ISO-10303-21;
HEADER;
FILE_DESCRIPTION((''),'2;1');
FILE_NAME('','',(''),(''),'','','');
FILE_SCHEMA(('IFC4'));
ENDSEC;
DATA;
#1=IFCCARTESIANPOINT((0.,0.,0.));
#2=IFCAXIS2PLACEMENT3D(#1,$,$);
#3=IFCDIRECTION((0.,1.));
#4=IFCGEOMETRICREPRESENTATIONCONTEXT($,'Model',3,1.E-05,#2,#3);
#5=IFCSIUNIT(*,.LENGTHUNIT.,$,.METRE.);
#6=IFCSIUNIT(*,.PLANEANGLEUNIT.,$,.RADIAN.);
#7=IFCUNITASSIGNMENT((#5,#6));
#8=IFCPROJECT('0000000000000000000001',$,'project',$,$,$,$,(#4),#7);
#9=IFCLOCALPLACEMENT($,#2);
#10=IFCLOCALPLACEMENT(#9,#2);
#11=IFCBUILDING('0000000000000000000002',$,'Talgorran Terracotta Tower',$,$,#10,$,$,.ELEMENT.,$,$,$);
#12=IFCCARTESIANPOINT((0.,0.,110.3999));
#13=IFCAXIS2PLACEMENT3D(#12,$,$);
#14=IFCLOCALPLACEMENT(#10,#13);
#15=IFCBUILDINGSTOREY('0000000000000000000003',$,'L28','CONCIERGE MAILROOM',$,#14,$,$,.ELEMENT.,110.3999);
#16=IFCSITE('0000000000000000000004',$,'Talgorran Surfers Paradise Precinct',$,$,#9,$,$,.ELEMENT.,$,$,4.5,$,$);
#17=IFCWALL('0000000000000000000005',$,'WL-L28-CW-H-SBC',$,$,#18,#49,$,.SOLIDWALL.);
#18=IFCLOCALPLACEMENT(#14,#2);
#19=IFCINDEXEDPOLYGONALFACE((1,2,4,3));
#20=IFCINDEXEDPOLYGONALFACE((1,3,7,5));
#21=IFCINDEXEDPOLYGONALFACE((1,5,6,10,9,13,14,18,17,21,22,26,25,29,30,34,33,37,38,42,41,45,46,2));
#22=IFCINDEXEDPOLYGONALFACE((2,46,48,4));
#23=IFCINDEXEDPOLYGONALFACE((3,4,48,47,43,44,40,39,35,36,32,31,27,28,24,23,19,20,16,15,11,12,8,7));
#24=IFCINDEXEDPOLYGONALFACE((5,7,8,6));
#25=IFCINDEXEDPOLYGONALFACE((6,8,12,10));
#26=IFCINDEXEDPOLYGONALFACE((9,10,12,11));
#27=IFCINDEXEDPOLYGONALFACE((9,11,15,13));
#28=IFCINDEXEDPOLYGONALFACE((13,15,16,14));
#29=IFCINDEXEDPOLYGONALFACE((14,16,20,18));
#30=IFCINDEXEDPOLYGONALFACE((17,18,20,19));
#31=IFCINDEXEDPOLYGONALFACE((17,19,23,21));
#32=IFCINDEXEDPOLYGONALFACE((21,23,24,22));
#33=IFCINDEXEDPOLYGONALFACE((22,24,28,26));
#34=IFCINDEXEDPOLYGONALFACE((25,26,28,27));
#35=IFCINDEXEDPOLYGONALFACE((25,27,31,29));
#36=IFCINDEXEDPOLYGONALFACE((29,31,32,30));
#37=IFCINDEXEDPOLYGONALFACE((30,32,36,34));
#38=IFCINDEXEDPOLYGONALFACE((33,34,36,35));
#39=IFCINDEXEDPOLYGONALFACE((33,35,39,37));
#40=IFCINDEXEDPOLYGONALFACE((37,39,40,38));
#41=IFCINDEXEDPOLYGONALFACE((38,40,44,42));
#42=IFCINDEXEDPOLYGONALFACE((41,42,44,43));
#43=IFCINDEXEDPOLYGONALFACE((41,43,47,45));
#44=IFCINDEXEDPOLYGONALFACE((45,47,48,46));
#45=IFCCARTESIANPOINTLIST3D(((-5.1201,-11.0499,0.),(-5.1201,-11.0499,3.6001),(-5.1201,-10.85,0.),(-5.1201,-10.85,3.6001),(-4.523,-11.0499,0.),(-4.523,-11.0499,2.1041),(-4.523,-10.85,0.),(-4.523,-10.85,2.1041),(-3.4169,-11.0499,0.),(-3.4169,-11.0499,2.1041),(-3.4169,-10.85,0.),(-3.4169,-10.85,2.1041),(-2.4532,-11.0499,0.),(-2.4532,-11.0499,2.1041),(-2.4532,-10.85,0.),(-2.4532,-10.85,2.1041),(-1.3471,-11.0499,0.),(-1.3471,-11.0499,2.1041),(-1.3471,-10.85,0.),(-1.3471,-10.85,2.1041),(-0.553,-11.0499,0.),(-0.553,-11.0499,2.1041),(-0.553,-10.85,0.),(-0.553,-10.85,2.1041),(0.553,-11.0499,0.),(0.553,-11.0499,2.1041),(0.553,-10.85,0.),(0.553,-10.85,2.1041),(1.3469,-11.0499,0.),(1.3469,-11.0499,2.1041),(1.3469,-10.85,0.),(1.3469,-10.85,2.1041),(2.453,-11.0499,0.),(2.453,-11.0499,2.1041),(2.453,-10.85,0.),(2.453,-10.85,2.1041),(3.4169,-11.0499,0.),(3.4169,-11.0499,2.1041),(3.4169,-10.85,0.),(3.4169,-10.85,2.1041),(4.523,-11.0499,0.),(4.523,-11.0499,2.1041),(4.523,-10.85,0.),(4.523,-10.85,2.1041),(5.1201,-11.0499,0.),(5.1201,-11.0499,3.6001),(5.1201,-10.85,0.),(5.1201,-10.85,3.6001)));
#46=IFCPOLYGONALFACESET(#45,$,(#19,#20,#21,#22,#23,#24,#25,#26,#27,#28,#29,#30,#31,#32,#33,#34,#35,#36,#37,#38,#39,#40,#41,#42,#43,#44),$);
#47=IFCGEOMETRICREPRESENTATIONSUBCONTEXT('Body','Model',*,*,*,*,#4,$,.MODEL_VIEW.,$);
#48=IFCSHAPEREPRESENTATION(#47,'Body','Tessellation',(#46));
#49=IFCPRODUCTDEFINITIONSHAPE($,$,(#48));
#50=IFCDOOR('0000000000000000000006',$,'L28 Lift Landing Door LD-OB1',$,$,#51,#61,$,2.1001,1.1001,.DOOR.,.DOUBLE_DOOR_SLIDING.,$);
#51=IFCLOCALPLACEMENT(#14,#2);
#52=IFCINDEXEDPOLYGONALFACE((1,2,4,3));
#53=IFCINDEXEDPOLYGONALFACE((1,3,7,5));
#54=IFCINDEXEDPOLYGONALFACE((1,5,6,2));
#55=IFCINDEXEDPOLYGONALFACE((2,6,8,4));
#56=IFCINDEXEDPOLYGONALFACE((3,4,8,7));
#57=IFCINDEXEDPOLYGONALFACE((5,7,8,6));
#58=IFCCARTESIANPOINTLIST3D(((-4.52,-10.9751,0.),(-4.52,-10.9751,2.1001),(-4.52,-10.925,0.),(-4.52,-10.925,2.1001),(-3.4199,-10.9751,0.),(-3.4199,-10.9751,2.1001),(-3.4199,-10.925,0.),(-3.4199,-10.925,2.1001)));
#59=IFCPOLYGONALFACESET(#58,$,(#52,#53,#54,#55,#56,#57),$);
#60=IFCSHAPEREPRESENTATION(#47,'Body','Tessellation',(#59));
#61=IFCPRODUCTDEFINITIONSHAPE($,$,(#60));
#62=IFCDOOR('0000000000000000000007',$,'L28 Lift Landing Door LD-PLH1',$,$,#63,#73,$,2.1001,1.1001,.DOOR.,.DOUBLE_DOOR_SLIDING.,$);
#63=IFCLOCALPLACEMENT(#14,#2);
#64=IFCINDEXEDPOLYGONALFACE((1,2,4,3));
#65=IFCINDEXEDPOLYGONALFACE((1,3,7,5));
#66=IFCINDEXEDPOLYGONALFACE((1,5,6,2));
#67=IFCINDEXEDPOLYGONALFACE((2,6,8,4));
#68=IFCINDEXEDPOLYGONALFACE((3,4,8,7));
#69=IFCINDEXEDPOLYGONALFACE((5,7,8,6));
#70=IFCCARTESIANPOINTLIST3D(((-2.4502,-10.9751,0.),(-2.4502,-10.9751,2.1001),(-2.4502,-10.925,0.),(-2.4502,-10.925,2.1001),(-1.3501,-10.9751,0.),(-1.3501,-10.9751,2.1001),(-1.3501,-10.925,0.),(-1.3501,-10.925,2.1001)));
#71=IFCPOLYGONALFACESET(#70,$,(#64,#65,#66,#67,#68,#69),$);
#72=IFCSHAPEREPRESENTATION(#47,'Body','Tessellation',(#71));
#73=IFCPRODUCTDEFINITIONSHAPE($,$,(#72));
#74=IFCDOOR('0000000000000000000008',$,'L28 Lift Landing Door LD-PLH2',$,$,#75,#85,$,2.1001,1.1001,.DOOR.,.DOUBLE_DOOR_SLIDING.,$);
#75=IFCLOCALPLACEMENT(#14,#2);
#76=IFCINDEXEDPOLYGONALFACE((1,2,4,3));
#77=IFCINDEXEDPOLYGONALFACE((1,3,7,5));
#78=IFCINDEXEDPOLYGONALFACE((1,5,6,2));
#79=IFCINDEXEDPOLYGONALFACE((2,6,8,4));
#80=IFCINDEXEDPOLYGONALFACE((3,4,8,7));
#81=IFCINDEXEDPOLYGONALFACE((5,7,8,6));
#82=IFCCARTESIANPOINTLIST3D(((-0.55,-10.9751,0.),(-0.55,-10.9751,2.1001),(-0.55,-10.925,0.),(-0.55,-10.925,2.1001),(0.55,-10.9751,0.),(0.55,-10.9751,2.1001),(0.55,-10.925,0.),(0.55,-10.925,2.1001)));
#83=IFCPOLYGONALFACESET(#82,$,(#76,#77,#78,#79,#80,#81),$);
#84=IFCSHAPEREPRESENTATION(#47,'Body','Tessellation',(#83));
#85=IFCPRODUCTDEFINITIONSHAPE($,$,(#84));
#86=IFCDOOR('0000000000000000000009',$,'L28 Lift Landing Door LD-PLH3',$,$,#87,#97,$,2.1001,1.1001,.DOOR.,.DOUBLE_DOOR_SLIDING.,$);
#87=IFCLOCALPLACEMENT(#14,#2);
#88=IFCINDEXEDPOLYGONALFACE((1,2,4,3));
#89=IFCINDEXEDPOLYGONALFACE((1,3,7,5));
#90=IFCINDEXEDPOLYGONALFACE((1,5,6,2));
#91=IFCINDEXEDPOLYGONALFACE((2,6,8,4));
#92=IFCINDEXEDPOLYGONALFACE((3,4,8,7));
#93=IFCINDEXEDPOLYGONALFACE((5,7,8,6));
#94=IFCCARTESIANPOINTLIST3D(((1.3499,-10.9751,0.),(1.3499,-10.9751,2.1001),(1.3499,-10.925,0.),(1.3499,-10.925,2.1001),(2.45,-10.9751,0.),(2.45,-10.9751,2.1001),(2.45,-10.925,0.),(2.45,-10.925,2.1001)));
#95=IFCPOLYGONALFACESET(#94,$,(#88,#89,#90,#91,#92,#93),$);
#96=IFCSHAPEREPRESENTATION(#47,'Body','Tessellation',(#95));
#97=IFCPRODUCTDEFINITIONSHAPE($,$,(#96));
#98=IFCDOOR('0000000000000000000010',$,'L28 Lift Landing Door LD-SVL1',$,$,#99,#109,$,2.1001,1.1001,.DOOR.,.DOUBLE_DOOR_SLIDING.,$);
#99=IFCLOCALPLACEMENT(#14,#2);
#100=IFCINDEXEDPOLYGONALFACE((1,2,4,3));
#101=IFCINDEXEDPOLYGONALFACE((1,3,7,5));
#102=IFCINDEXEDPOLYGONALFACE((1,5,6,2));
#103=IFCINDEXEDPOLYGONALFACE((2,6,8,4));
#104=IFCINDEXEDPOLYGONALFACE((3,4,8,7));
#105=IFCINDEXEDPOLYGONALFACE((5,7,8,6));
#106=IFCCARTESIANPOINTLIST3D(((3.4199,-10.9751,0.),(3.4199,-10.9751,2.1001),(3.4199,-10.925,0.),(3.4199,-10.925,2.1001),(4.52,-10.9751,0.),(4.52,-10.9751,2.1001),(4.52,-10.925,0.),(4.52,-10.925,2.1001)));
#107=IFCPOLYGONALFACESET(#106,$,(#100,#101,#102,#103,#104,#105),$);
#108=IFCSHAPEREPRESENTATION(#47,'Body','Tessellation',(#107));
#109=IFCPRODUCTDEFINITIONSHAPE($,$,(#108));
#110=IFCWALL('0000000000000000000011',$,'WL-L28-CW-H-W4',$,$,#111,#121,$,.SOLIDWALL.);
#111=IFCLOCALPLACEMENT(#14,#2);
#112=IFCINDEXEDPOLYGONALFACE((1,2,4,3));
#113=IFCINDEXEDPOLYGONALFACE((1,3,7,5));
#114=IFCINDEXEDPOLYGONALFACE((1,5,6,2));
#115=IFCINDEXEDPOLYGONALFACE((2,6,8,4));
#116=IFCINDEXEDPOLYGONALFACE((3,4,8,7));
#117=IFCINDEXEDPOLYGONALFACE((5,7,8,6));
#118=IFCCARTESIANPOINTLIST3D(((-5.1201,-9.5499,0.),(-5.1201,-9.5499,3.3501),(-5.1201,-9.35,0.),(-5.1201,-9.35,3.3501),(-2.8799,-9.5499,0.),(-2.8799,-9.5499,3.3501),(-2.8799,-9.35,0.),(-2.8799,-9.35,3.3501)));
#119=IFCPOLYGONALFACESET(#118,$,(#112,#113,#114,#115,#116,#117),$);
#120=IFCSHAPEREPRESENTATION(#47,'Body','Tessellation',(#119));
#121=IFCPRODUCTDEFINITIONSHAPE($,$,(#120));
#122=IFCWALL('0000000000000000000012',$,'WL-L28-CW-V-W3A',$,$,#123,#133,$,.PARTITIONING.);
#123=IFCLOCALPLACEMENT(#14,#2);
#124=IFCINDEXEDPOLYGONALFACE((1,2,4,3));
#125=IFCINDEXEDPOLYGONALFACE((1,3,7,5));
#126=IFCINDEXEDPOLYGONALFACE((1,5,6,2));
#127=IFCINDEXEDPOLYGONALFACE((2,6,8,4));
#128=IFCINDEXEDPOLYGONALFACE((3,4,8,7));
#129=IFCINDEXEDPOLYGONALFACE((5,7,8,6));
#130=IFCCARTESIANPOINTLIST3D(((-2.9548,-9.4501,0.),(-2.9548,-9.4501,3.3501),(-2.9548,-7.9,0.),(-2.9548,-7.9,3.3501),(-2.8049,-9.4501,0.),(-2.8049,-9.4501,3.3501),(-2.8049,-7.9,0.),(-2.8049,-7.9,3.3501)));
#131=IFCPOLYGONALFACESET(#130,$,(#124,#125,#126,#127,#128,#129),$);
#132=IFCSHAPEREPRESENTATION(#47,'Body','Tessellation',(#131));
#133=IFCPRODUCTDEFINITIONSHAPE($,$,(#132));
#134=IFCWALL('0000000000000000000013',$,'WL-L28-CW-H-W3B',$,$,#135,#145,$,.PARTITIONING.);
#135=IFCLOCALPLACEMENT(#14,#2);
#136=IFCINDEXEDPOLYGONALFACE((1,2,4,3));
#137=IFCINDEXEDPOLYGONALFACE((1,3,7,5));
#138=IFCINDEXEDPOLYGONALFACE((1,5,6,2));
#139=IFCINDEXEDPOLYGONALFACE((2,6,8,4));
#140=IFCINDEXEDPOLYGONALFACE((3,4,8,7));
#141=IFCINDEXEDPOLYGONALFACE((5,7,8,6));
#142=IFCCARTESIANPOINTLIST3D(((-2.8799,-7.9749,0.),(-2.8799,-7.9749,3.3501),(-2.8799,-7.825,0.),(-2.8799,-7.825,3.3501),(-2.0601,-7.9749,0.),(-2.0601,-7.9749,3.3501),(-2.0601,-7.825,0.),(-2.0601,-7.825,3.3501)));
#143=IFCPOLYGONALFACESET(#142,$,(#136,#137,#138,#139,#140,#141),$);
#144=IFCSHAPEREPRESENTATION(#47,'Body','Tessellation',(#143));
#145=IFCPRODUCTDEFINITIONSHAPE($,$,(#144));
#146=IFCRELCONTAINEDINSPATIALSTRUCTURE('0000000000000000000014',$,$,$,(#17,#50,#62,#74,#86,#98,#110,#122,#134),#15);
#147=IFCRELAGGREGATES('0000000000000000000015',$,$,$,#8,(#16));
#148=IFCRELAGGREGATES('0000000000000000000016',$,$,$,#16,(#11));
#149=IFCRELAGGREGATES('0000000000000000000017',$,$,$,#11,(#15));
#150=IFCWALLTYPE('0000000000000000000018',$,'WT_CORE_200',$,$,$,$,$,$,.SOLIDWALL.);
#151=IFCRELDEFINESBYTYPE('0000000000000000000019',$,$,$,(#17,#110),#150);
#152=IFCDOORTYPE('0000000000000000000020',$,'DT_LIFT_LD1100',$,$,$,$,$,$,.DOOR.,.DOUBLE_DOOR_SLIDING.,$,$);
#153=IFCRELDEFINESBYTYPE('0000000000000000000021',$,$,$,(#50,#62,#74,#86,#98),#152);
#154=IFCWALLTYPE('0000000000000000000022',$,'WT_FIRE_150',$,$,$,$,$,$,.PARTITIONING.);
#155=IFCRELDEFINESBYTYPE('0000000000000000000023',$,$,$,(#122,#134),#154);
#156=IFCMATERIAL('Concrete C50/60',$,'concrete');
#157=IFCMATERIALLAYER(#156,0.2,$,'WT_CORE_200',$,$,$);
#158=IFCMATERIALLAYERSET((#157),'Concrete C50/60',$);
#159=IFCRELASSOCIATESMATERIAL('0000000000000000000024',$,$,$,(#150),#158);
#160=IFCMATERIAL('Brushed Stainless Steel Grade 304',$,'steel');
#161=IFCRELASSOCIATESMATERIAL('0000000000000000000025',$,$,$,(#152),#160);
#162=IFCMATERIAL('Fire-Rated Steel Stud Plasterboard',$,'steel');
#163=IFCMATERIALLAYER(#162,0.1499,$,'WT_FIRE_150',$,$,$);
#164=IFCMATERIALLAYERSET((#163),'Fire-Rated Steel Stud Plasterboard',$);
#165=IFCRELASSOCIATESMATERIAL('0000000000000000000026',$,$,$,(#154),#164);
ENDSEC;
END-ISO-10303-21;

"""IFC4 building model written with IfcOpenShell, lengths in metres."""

from ifc_helpers import new_model, si_unit, direction, frame, frame_2d, origin, place, context, subcontext, project, spatial, rectangle, extrude, material, layer, layer_set, type_object, element, fill, save


model = new_model("IFC4")

# Units and contexts
model_context = context("Model", 3, precision=1e-05, world=origin(), true_north=direction((0.0, 1.0)))
body_context = subcontext(model_context, "Body", "Model", "MODEL_VIEW")
ifc_project = project(units=[si_unit("LENGTHUNIT", "METRE"), si_unit("PLANEANGLEUNIT", "RADIAN")], contexts=[model_context])

# Site, building, storey
site_placement = place(None, origin())
site = spatial("IfcSite", under=ifc_project, at=site_placement, Name="Talgorran Surfers Paradise Precinct", CompositionType="ELEMENT", RefElevation=4.5)
building_placement = place(site_placement, origin())
building = spatial("IfcBuilding", under=site, at=building_placement, Name="Talgorran Terracotta Tower", CompositionType="ELEMENT")
storey_placement = place(building_placement, frame((0.0, 0.0, 110.3999)))
storey = spatial("IfcBuildingStorey", under=building, at=storey_placement, Name="L28", Description="CONCIERGE MAILROOM", CompositionType="ELEMENT", Elevation=110.3999)

# Wall, openings, doors
ifc_material_1 = material(Name="Concrete C50/60", Category="concrete")
ifc_layer_1 = layer(ifc_material_1, 0.2, Name="WT_CORE_200")
ifc_layer_set_1 = layer_set([ifc_layer_1], Name="Concrete C50/60")
wall_type_1 = type_object("IfcWallType", Name="WT_CORE_200", PredefinedType="SOLIDWALL", material=ifc_layer_set_1)
ifc_material_2 = material(Name="Brushed Stainless Steel Grade 304", Category="steel")
door_type_1 = type_object("IfcDoorType", Name="DT_LIFT_LD1100", OperationType="DOUBLE_DOOR_SLIDING", PredefinedType="DOOR", material=ifc_material_2)
wall_1_placement = place(storey_placement, frame((-5.1201, -10.95, 0.0), z_axis=(0.0, 0.0, 1.0), x_axis=(1.0, 0.0, 0.0)))
wall_1 = element("IfcWall", 1, at=wall_1_placement, inside=storey, type_object=wall_type_1, Name="WL-L28-CW-H-SBC", PredefinedType="SOLIDWALL", context=body_context, shape_type="SweptSolid", body=[
    extrude(rectangle(XDim=10.2402, YDim=0.2, at=frame_2d((5.1201, 0.0))), origin(), (0.0, 0.0, 1.0), 3.6001),
])
opening_1_placement = place(wall_1_placement, frame((0.6001, 0.0, 0.0)))
opening_1 = element("IfcOpeningElement", 2, at=opening_1_placement, cuts=wall_1, PredefinedType="OPENING", context=body_context, shape_type="SweptSolid", body=[
    extrude(rectangle(XDim=1.1061, YDim=2.1041, at=frame_2d((0.55, 1.052))), frame((0.0, 0.1099, 0.0), z_axis=(0.0, -1.0, 0.0), x_axis=(1.0, 0.0, 0.0)), (0.0, 0.0, 1.0), 0.22),
])
opening_2_placement = place(wall_1_placement, frame((2.6699, 0.0, 0.0)))
opening_2 = element("IfcOpeningElement", 3, at=opening_2_placement, cuts=wall_1, PredefinedType="OPENING", context=body_context, shape_type="SweptSolid", body=[
    extrude(rectangle(XDim=1.1061, YDim=2.1041, at=frame_2d((0.55, 1.052))), frame((0.0, 0.1099, 0.0), z_axis=(0.0, -1.0, 0.0), x_axis=(1.0, 0.0, 0.0)), (0.0, 0.0, 1.0), 0.22),
])
opening_3_placement = place(wall_1_placement, frame((4.5701, 0.0, 0.0)))
opening_3 = element("IfcOpeningElement", 4, at=opening_3_placement, cuts=wall_1, PredefinedType="OPENING", context=body_context, shape_type="SweptSolid", body=[
    extrude(rectangle(XDim=1.1061, YDim=2.1041, at=frame_2d((0.55, 1.052))), frame((0.0, 0.1099, 0.0), z_axis=(0.0, -1.0, 0.0), x_axis=(1.0, 0.0, 0.0)), (0.0, 0.0, 1.0), 0.22),
])
opening_4_placement = place(wall_1_placement, frame((6.47, 0.0, 0.0)))
opening_4 = element("IfcOpeningElement", 5, at=opening_4_placement, cuts=wall_1, PredefinedType="OPENING", context=body_context, shape_type="SweptSolid", body=[
    extrude(rectangle(XDim=1.1061, YDim=2.1041, at=frame_2d((0.55, 1.052))), frame((0.0, 0.1099, 0.0), z_axis=(0.0, -1.0, 0.0), x_axis=(1.0, 0.0, 0.0)), (0.0, 0.0, 1.0), 0.22),
])
opening_5_placement = place(wall_1_placement, frame((8.54, 0.0, 0.0)))
opening_5 = element("IfcOpeningElement", 6, at=opening_5_placement, cuts=wall_1, PredefinedType="OPENING", context=body_context, shape_type="SweptSolid", body=[
    extrude(rectangle(XDim=1.1061, YDim=2.1041, at=frame_2d((0.55, 1.052))), frame((0.0, 0.1099, 0.0), z_axis=(0.0, -1.0, 0.0), x_axis=(1.0, 0.0, 0.0)), (0.0, 0.0, 1.0), 0.22),
])
door_1_placement = place(opening_1_placement, origin())
door_1 = element("IfcDoor", 7, at=door_1_placement, inside=storey, type_object=door_type_1, Name="L28 Lift Landing Door LD-OB1", OperationType="DOUBLE_DOOR_SLIDING", OverallHeight=2.1001, OverallWidth=1.1001, PredefinedType="DOOR", context=body_context, shape_type="SweptSolid", body=[
    extrude(rectangle(XDim=1.1001, YDim=2.1001, at=frame_2d((0.55, 1.05))), frame((0.0, 0.0249, 0.0), z_axis=(0.0, -1.0, 0.0), x_axis=(1.0, 0.0, 0.0)), (0.0, 0.0, 1.0), 0.05),
])
fill(opening_1, door_1)
door_2_placement = place(opening_2_placement, origin())
door_2 = element("IfcDoor", 8, at=door_2_placement, inside=storey, type_object=door_type_1, Name="L28 Lift Landing Door LD-PLH1", OperationType="DOUBLE_DOOR_SLIDING", OverallHeight=2.1001, OverallWidth=1.1001, PredefinedType="DOOR", context=body_context, shape_type="SweptSolid", body=[
    extrude(rectangle(XDim=1.1001, YDim=2.1001, at=frame_2d((0.55, 1.05))), frame((0.0, 0.0249, 0.0), z_axis=(0.0, -1.0, 0.0), x_axis=(1.0, 0.0, 0.0)), (0.0, 0.0, 1.0), 0.05),
])
fill(opening_2, door_2)
door_3_placement = place(opening_3_placement, origin())
door_3 = element("IfcDoor", 9, at=door_3_placement, inside=storey, type_object=door_type_1, Name="L28 Lift Landing Door LD-PLH2", OperationType="DOUBLE_DOOR_SLIDING", OverallHeight=2.1001, OverallWidth=1.1001, PredefinedType="DOOR", context=body_context, shape_type="SweptSolid", body=[
    extrude(rectangle(XDim=1.1001, YDim=2.1001, at=frame_2d((0.55, 1.05))), frame((0.0, 0.0249, 0.0), z_axis=(0.0, -1.0, 0.0), x_axis=(1.0, 0.0, 0.0)), (0.0, 0.0, 1.0), 0.05),
])
fill(opening_3, door_3)
door_4_placement = place(opening_4_placement, origin())
door_4 = element("IfcDoor", 10, at=door_4_placement, inside=storey, type_object=door_type_1, Name="L28 Lift Landing Door LD-PLH3", OperationType="DOUBLE_DOOR_SLIDING", OverallHeight=2.1001, OverallWidth=1.1001, PredefinedType="DOOR", context=body_context, shape_type="SweptSolid", body=[
    extrude(rectangle(XDim=1.1001, YDim=2.1001, at=frame_2d((0.55, 1.05))), frame((0.0, 0.0249, 0.0), z_axis=(0.0, -1.0, 0.0), x_axis=(1.0, 0.0, 0.0)), (0.0, 0.0, 1.0), 0.05),
])
fill(opening_4, door_4)
door_5_placement = place(opening_5_placement, origin())
door_5 = element("IfcDoor", 11, at=door_5_placement, inside=storey, type_object=door_type_1, Name="L28 Lift Landing Door LD-SVL1", OperationType="DOUBLE_DOOR_SLIDING", OverallHeight=2.1001, OverallWidth=1.1001, PredefinedType="DOOR", context=body_context, shape_type="SweptSolid", body=[
    extrude(rectangle(XDim=1.1001, YDim=2.1001, at=frame_2d((0.55, 1.05))), frame((0.0, 0.0249, 0.0), z_axis=(0.0, -1.0, 0.0), x_axis=(1.0, 0.0, 0.0)), (0.0, 0.0, 1.0), 0.05),
])
fill(opening_5, door_5)

# Walls
wall_2_placement = place(storey_placement, frame((-5.1201, -9.45, 0.0), z_axis=(0.0, 0.0, 1.0), x_axis=(1.0, 0.0, 0.0)))
element("IfcWall", 12, at=wall_2_placement, inside=storey, type_object=wall_type_1, Name="WL-L28-CW-H-W4", PredefinedType="SOLIDWALL", context=body_context, shape_type="SweptSolid", body=[
    extrude(rectangle(XDim=2.2402, YDim=0.2, at=frame_2d((1.1201, 0.0))), origin(), (0.0, 0.0, 1.0), 3.3501),
])
ifc_material_3 = material(Name="Fire-Rated Steel Stud Plasterboard", Category="steel")
ifc_layer_2 = layer(ifc_material_3, 0.1499, Name="WT_FIRE_150")
ifc_layer_set_2 = layer_set([ifc_layer_2], Name="Fire-Rated Steel Stud Plasterboard")
wall_type_2 = type_object("IfcWallType", Name="WT_FIRE_150", PredefinedType="PARTITIONING", material=ifc_layer_set_2)
wall_3_placement = place(storey_placement, frame((-2.8799, -9.45, 0.0), z_axis=(0.0, 0.0, 1.0), x_axis=(0.0, 1.0, 0.0)))
element("IfcWall", 13, at=wall_3_placement, inside=storey, type_object=wall_type_2, Name="WL-L28-CW-V-W3A", PredefinedType="PARTITIONING", context=body_context, shape_type="SweptSolid", body=[
    extrude(rectangle(XDim=1.55, YDim=0.1499, at=frame_2d((0.7749, 0.0))), origin(), (0.0, 0.0, 1.0), 3.3501),
])
wall_4_placement = place(storey_placement, frame((-2.8799, -7.8999, 0.0), z_axis=(0.0, 0.0, 1.0), x_axis=(1.0, 0.0, 0.0)))
element("IfcWall", 14, at=wall_4_placement, inside=storey, type_object=wall_type_2, Name="WL-L28-CW-H-W3B", PredefinedType="PARTITIONING", context=body_context, shape_type="SweptSolid", body=[
    extrude(rectangle(XDim=0.8198, YDim=0.1499, at=frame_2d((0.4099, 0.0))), origin(), (0.0, 0.0, 1.0), 3.3501),
])

save(model, "model.ifc")
